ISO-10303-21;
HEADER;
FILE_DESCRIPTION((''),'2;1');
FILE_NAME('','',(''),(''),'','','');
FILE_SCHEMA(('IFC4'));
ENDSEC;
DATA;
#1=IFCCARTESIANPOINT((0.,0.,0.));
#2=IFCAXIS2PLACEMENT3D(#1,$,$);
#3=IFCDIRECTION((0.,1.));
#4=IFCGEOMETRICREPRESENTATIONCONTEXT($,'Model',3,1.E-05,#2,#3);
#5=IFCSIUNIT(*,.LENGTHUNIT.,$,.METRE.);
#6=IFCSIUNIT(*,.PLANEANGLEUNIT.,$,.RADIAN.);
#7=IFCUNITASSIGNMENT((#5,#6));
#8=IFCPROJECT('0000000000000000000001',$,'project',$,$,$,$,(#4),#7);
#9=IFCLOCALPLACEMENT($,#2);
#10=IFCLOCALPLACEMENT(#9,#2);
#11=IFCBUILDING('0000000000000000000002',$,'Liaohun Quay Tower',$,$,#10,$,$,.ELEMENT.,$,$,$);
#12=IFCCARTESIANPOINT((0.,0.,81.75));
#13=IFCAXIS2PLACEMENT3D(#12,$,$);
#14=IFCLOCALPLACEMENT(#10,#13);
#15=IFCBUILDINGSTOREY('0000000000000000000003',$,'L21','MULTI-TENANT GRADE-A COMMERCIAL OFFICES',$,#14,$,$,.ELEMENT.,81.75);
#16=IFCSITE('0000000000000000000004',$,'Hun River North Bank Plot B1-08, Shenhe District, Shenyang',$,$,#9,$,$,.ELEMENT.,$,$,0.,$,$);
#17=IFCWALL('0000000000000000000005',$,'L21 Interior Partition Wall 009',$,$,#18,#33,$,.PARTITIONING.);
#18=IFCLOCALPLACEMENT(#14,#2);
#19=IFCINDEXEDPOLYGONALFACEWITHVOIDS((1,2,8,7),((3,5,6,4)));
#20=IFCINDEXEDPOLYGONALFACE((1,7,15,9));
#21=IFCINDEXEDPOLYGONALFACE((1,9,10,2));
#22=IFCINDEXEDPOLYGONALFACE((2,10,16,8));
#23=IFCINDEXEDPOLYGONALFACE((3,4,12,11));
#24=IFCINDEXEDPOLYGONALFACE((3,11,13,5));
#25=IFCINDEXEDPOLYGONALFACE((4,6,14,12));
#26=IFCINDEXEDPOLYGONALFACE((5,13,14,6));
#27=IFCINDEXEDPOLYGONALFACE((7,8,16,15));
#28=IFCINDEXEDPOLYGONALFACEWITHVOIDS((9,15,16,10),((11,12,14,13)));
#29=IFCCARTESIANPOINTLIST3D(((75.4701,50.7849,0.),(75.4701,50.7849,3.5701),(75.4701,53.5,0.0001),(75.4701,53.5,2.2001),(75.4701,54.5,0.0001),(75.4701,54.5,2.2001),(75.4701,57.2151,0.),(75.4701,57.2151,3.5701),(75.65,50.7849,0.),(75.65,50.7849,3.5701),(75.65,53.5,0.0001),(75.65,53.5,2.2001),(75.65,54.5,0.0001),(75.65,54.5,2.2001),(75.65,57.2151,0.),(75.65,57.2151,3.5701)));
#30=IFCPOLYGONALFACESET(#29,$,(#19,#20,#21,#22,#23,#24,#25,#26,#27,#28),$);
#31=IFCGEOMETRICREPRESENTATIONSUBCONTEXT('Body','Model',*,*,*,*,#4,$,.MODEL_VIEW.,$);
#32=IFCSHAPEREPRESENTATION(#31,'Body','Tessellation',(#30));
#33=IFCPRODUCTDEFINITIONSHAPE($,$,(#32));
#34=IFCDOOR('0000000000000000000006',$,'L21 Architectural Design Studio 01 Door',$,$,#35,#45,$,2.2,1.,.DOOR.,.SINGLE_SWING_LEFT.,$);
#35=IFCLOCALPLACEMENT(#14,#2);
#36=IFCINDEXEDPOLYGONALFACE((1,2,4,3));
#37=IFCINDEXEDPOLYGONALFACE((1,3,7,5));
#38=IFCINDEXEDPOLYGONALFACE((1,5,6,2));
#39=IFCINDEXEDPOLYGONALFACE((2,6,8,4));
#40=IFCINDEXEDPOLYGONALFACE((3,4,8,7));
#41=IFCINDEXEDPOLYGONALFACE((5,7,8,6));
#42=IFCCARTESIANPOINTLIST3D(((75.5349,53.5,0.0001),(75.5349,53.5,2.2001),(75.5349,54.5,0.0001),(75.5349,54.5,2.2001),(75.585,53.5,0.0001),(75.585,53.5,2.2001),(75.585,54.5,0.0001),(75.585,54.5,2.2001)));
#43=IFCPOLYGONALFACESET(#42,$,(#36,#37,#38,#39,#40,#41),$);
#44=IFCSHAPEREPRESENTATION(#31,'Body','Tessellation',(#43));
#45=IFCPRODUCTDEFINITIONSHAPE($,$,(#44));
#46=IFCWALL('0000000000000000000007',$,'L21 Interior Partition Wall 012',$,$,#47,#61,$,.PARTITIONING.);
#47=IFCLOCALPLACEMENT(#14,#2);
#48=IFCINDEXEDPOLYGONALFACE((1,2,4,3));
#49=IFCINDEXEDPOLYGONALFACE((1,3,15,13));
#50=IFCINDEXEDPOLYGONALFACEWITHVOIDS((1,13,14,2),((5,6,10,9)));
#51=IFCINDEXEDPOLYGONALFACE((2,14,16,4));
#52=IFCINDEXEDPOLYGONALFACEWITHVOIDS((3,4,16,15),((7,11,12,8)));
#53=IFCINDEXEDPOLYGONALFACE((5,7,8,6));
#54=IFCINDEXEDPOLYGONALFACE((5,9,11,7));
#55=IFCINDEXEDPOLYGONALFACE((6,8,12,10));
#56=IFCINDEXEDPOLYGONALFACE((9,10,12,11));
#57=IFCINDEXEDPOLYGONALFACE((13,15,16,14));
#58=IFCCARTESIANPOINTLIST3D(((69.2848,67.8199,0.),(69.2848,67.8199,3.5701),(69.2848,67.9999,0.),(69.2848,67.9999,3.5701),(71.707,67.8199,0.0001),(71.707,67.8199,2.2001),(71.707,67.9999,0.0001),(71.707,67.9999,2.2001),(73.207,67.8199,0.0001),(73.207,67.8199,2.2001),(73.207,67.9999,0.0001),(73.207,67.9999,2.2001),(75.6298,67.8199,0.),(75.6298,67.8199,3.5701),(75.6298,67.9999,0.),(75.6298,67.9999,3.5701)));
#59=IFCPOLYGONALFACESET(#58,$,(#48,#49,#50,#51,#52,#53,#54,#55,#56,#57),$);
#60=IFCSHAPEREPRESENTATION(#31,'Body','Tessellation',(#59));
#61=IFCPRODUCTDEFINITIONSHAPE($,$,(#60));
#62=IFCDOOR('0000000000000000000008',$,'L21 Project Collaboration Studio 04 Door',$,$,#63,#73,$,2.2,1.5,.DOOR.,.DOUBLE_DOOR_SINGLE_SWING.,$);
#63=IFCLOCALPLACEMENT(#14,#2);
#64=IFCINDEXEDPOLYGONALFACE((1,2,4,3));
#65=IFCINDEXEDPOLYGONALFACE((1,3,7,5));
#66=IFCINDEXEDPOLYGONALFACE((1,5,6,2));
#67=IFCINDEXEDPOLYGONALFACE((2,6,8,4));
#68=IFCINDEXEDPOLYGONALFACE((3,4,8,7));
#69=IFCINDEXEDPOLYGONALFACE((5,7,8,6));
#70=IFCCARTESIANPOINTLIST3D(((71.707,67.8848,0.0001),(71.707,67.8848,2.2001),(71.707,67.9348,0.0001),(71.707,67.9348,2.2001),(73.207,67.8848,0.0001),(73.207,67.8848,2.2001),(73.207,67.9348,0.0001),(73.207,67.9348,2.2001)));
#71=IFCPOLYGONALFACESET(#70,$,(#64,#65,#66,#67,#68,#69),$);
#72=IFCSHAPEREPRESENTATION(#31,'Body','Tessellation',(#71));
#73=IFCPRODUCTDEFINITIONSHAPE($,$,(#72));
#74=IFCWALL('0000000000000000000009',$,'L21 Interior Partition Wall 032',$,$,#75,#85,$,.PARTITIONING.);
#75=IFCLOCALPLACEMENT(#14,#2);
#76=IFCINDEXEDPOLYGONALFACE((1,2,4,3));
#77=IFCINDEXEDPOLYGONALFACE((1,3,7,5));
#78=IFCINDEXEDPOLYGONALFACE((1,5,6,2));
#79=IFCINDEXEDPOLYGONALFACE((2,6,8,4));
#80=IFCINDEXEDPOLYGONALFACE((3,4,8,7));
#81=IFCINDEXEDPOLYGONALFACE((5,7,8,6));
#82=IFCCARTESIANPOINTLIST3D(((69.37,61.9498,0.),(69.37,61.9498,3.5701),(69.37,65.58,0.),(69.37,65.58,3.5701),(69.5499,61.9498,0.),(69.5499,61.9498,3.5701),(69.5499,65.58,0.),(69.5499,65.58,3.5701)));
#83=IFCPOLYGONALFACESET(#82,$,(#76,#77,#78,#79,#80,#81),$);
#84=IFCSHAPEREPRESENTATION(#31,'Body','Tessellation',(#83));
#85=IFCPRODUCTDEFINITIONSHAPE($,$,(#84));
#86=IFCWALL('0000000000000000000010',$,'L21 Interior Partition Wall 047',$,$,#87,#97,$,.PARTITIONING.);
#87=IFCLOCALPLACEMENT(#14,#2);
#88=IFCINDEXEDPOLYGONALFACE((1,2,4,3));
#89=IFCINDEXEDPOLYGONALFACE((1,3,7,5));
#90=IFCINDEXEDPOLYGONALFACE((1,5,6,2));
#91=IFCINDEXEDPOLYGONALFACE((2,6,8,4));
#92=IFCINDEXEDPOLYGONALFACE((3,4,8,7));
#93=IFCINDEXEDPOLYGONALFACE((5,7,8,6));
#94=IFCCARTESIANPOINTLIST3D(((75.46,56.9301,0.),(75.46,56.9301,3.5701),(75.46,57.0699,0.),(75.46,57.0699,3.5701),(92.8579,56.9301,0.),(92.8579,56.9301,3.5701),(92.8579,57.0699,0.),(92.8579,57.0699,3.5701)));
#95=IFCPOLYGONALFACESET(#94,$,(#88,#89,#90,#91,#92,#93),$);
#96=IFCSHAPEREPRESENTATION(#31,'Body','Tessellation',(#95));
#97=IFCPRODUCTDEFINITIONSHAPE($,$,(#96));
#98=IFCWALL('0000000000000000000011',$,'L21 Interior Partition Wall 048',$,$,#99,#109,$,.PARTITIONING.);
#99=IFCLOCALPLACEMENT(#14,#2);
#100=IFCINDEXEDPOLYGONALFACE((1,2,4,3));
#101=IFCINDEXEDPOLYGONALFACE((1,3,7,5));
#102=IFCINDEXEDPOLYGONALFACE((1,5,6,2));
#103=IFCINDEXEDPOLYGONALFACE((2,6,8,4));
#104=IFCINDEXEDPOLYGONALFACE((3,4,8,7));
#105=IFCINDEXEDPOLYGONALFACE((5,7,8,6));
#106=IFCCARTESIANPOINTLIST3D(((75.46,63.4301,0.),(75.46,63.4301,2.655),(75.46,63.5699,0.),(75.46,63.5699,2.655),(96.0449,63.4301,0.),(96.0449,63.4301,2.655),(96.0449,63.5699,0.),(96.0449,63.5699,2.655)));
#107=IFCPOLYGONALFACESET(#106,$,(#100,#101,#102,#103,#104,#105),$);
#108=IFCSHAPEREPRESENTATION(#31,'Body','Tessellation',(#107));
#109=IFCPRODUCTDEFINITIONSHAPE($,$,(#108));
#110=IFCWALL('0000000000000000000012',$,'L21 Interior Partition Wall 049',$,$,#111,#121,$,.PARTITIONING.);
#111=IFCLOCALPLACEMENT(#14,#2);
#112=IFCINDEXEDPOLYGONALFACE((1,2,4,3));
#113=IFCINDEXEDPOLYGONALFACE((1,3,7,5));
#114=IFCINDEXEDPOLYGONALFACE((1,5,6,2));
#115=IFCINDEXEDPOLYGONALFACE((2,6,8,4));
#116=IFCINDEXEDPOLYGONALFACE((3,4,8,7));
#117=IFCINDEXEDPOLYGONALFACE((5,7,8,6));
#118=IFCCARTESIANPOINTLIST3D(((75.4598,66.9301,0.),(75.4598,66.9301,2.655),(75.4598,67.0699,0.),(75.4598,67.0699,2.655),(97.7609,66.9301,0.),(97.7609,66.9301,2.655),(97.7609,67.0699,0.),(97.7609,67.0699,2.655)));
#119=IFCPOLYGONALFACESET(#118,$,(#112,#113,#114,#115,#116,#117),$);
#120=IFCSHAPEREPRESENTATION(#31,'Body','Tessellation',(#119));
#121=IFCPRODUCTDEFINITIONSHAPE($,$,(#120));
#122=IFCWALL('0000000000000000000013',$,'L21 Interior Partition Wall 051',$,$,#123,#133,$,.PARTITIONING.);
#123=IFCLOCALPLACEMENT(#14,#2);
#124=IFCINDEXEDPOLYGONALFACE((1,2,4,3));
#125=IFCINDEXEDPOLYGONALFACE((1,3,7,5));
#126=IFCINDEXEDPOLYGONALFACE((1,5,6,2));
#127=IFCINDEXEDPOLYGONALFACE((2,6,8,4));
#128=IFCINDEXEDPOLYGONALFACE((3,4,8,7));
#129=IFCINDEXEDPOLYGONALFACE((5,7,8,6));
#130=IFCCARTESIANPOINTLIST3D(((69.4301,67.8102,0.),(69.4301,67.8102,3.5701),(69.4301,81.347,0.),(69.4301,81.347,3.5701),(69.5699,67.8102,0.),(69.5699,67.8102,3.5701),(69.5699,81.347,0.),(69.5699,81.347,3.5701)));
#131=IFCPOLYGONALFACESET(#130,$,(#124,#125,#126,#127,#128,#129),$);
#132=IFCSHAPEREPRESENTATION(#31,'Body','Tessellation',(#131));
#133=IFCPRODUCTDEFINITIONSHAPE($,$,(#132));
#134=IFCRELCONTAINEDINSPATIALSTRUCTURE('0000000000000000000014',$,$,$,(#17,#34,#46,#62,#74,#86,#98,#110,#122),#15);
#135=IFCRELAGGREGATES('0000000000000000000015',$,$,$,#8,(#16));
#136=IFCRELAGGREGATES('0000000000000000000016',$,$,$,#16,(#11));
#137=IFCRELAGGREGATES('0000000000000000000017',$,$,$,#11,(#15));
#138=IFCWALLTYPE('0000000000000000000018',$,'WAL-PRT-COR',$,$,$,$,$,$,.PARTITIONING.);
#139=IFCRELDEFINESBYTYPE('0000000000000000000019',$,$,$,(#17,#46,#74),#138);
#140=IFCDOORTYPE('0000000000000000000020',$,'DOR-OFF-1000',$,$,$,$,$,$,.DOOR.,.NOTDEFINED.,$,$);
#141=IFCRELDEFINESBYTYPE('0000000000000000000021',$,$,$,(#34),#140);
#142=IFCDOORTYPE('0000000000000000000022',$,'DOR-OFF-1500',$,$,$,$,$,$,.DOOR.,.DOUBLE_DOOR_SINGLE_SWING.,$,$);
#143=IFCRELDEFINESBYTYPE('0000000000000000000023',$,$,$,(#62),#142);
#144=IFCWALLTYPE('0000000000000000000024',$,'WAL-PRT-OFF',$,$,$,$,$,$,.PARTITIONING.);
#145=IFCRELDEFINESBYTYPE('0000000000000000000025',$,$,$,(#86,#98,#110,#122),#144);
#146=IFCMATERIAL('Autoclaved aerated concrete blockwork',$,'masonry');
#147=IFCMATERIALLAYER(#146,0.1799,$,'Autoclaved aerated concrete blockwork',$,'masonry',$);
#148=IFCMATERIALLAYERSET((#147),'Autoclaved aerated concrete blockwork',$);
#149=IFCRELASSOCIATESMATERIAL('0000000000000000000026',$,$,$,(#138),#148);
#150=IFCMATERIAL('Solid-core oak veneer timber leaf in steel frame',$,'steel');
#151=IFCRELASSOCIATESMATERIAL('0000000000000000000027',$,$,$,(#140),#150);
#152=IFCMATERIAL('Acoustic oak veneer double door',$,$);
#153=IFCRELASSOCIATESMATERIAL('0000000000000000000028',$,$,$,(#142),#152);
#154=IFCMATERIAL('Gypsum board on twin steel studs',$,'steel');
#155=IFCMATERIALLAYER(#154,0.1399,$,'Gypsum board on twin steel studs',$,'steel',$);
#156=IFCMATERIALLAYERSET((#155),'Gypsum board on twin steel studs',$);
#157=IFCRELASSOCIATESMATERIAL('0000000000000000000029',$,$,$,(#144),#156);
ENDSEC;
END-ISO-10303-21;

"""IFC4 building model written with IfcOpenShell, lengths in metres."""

from ifc_helpers import new_model, si_unit, direction, frame, frame_2d, origin, place, context, subcontext, project, spatial, rectangle, extrude, source, transform, mapped, material, layer, layer_set, type_object, element, fill, save


model = new_model("IFC4")

# Units and contexts
model_context = context("Model", 3, precision=1e-05, world=origin(), true_north=direction((0.0, 1.0)))
body_context = subcontext(model_context, "Body", "Model", "MODEL_VIEW")
ifc_project = project(units=[si_unit("LENGTHUNIT", "METRE"), si_unit("PLANEANGLEUNIT", "RADIAN")], contexts=[model_context])

# Site, building, storey
site_placement = place(None, origin())
site = spatial("IfcSite", under=ifc_project, at=site_placement, Name="Hun River North Bank Plot B1-08, Shenhe District, Shenyang", CompositionType="ELEMENT", RefElevation=0.0)
building_placement = place(site_placement, origin())
building = spatial("IfcBuilding", under=site, at=building_placement, Name="Liaohun Quay Tower", CompositionType="ELEMENT")
storey_placement = place(building_placement, frame((0.0, 0.0, 81.75)))
storey = spatial("IfcBuildingStorey", under=building, at=storey_placement, Name="L21", Description="MULTI-TENANT GRADE-A COMMERCIAL OFFICES", CompositionType="ELEMENT", Elevation=81.75)

# Walls, openings, doors
ifc_material_1 = material(Name="Autoclaved aerated concrete blockwork", Category="masonry")
ifc_layer_1 = layer(ifc_material_1, 0.1799, Name="Autoclaved aerated concrete blockwork", Category="masonry")
ifc_layer_set_1 = layer_set([ifc_layer_1], Name="Autoclaved aerated concrete blockwork")
wall_type_1 = type_object("IfcWallType", Name="WAL-PRT-COR", PredefinedType="PARTITIONING", material=ifc_layer_set_1)
wall_1_placement = place(storey_placement, frame((75.5601, 57.2151, 0.0), z_axis=(0.0, 0.0, 1.0), x_axis=(0.0, -1.0, 0.0)))
wall_1 = element("IfcWall", 1, at=wall_1_placement, inside=storey, type_object=wall_type_1, Name="L21 Interior Partition Wall 009", PredefinedType="PARTITIONING", context=body_context, shape_type="SweptSolid", body=[
    extrude(rectangle(XDim=6.4302, YDim=0.1799, at=frame_2d((3.2151, 0.0))), origin(), (0.0, 0.0, 1.0), 3.5701),
])
shared_shape_1 = source(origin(), body_context, "Body", "SweptSolid", [
    extrude(rectangle(XDim=1.0, YDim=2.2, at=frame_2d((0.5, 1.1001))), frame((0.0, 0.0999, 0.0), z_axis=(0.0, -1.0, 0.0), x_axis=(1.0, 0.0, 0.0)), (0.0, 0.0, 1.0), 0.2),
])
opening_1_placement = place(wall_1_placement, frame((2.7151, 0.0, 0.0)))
opening_1 = element("IfcOpeningElement", 2, at=opening_1_placement, cuts=wall_1, PredefinedType="OPENING", context=body_context, shape_type="MappedRepresentation", body=[
    mapped(shared_shape_1, transform((0.0, 0.0, 0.0), x_axis=(1.0, 0.0, 0.0), y_axis=(0.0, 1.0, 0.0), z_axis=(0.0, 0.0, 1.0), scale=1.0)),
])
ifc_material_2 = material(Name="Solid-core oak veneer timber leaf in steel frame", Category="steel")
door_type_1 = type_object("IfcDoorType", Name="DOR-OFF-1000", OperationType="NOTDEFINED", PredefinedType="DOOR", material=ifc_material_2)
shared_shape_2 = source(origin(), body_context, "Body", "SweptSolid", [
    extrude(rectangle(XDim=1.0, YDim=2.2, at=frame_2d((0.5, 1.1001))), frame((0.0, 0.0249, 0.0), z_axis=(0.0, -1.0, 0.0), x_axis=(1.0, 0.0, 0.0)), (0.0, 0.0, 1.0), 0.05),
])
door_1_placement = place(opening_1_placement, origin())
door_1 = element("IfcDoor", 3, at=door_1_placement, inside=storey, type_object=door_type_1, Name="L21 Architectural Design Studio 01 Door", OperationType="SINGLE_SWING_LEFT", OverallHeight=2.2, OverallWidth=1.0, PredefinedType="DOOR", context=body_context, shape_type="MappedRepresentation", body=[
    mapped(shared_shape_2, transform((0.0, 0.0, 0.0), x_axis=(1.0, 0.0, 0.0), y_axis=(0.0, 1.0, 0.0), z_axis=(0.0, 0.0, 1.0), scale=1.0)),
])
fill(opening_1, door_1)
wall_2_placement = place(storey_placement, frame((69.2849, 67.9099, 0.0), z_axis=(0.0, 0.0, 1.0), x_axis=(1.0, 0.0, 0.0)))
wall_2 = element("IfcWall", 4, at=wall_2_placement, inside=storey, type_object=wall_type_1, Name="L21 Interior Partition Wall 012", PredefinedType="PARTITIONING", context=body_context, shape_type="SweptSolid", body=[
    extrude(rectangle(XDim=6.345, YDim=0.1799, at=frame_2d((3.1724, 0.0))), origin(), (0.0, 0.0, 1.0), 3.5701),
])
shared_shape_3 = source(origin(), body_context, "Body", "SweptSolid", [
    extrude(rectangle(XDim=1.5, YDim=2.2, at=frame_2d((0.75, 1.1001))), frame((0.0, 0.0999, 0.0), z_axis=(0.0, -1.0, 0.0), x_axis=(1.0, 0.0, 0.0)), (0.0, 0.0, 1.0), 0.2),
])
opening_2_placement = place(wall_2_placement, frame((2.4221, 0.0, 0.0)))
opening_2 = element("IfcOpeningElement", 5, at=opening_2_placement, cuts=wall_2, PredefinedType="OPENING", context=body_context, shape_type="MappedRepresentation", body=[
    mapped(shared_shape_3, transform((0.0, 0.0, 0.0), x_axis=(1.0, 0.0, 0.0), y_axis=(0.0, 1.0, 0.0), z_axis=(0.0, 0.0, 1.0), scale=1.0)),
])
ifc_material_3 = material(Name="Acoustic oak veneer double door")
door_type_2 = type_object("IfcDoorType", Name="DOR-OFF-1500", OperationType="DOUBLE_DOOR_SINGLE_SWING", PredefinedType="DOOR", material=ifc_material_3)
shared_shape_4 = source(origin(), body_context, "Body", "SweptSolid", [
    extrude(rectangle(XDim=1.5, YDim=2.2, at=frame_2d((0.75, 1.1001))), frame((0.0, 0.0249, 0.0), z_axis=(0.0, -1.0, 0.0), x_axis=(1.0, 0.0, 0.0)), (0.0, 0.0, 1.0), 0.05),
])
door_2_placement = place(opening_2_placement, origin())
door_2 = element("IfcDoor", 6, at=door_2_placement, inside=storey, type_object=door_type_2, Name="L21 Project Collaboration Studio 04 Door", OperationType="DOUBLE_DOOR_SINGLE_SWING", OverallHeight=2.2, OverallWidth=1.5, PredefinedType="DOOR", context=body_context, shape_type="MappedRepresentation", body=[
    mapped(shared_shape_4, transform((0.0, 0.0, 0.0), x_axis=(1.0, 0.0, 0.0), y_axis=(0.0, 1.0, 0.0), z_axis=(0.0, 0.0, 1.0), scale=1.0)),
])
fill(opening_2, door_2)

# Walls
wall_3_placement = place(storey_placement, frame((69.46, 61.95, 0.0), z_axis=(0.0, 0.0, 1.0), x_axis=(0.0, 1.0, 0.0)))
element("IfcWall", 7, at=wall_3_placement, inside=storey, type_object=wall_type_1, Name="L21 Interior Partition Wall 032", PredefinedType="PARTITIONING", context=body_context, shape_type="SweptSolid", body=[
    extrude(rectangle(XDim=3.6301, YDim=0.1799, at=frame_2d((1.8149, 0.0))), origin(), (0.0, 0.0, 1.0), 3.5701),
])
ifc_material_4 = material(Name="Gypsum board on twin steel studs", Category="steel")
ifc_layer_2 = layer(ifc_material_4, 0.1399, Name="Gypsum board on twin steel studs", Category="steel")
ifc_layer_set_2 = layer_set([ifc_layer_2], Name="Gypsum board on twin steel studs")
wall_type_2 = type_object("IfcWallType", Name="WAL-PRT-OFF", PredefinedType="PARTITIONING", material=ifc_layer_set_2)
wall_4_placement = place(storey_placement, frame((75.46, 57.0, 0.0), z_axis=(0.0, 0.0, 1.0), x_axis=(1.0, 0.0, 0.0)))
element("IfcWall", 8, at=wall_4_placement, inside=storey, type_object=wall_type_2, Name="L21 Interior Partition Wall 047", PredefinedType="PARTITIONING", context=body_context, shape_type="SweptSolid", body=[
    extrude(rectangle(XDim=17.3979, YDim=0.1399, at=frame_2d((8.699, 0.0))), origin(), (0.0, 0.0, 1.0), 3.5701),
])
wall_5_placement = place(storey_placement, frame((75.46, 63.5, 0.0), z_axis=(0.0, 0.0, 1.0), x_axis=(1.0, 0.0, 0.0)))
element("IfcWall", 9, at=wall_5_placement, inside=storey, type_object=wall_type_2, Name="L21 Interior Partition Wall 048", PredefinedType="PARTITIONING", context=body_context, shape_type="SweptSolid", body=[
    extrude(rectangle(XDim=20.585, YDim=0.1399, at=frame_2d((10.2925, 0.0))), origin(), (0.0, 0.0, 1.0), 2.655),
])
wall_6_placement = place(storey_placement, frame((75.46, 67.0, 0.0), z_axis=(0.0, 0.0, 1.0), x_axis=(1.0, 0.0, 0.0)))
element("IfcWall", 10, at=wall_6_placement, inside=storey, type_object=wall_type_2, Name="L21 Interior Partition Wall 049", PredefinedType="PARTITIONING", context=body_context, shape_type="SweptSolid", body=[
    extrude(rectangle(XDim=22.301, YDim=0.1399, at=frame_2d((11.1504, 0.0))), origin(), (0.0, 0.0, 1.0), 2.655),
])
wall_7_placement = place(storey_placement, frame((69.5, 67.8101, 0.0), z_axis=(0.0, 0.0, 1.0), x_axis=(0.0, 1.0, 0.0)))
element("IfcWall", 11, at=wall_7_placement, inside=storey, type_object=wall_type_2, Name="L21 Interior Partition Wall 051", PredefinedType="PARTITIONING", context=body_context, shape_type="SweptSolid", body=[
    extrude(rectangle(XDim=13.5369, YDim=0.1399, at=frame_2d((6.7686, 0.0))), origin(), (0.0, 0.0, 1.0), 3.5701),
])

save(model, "model.ifc")
